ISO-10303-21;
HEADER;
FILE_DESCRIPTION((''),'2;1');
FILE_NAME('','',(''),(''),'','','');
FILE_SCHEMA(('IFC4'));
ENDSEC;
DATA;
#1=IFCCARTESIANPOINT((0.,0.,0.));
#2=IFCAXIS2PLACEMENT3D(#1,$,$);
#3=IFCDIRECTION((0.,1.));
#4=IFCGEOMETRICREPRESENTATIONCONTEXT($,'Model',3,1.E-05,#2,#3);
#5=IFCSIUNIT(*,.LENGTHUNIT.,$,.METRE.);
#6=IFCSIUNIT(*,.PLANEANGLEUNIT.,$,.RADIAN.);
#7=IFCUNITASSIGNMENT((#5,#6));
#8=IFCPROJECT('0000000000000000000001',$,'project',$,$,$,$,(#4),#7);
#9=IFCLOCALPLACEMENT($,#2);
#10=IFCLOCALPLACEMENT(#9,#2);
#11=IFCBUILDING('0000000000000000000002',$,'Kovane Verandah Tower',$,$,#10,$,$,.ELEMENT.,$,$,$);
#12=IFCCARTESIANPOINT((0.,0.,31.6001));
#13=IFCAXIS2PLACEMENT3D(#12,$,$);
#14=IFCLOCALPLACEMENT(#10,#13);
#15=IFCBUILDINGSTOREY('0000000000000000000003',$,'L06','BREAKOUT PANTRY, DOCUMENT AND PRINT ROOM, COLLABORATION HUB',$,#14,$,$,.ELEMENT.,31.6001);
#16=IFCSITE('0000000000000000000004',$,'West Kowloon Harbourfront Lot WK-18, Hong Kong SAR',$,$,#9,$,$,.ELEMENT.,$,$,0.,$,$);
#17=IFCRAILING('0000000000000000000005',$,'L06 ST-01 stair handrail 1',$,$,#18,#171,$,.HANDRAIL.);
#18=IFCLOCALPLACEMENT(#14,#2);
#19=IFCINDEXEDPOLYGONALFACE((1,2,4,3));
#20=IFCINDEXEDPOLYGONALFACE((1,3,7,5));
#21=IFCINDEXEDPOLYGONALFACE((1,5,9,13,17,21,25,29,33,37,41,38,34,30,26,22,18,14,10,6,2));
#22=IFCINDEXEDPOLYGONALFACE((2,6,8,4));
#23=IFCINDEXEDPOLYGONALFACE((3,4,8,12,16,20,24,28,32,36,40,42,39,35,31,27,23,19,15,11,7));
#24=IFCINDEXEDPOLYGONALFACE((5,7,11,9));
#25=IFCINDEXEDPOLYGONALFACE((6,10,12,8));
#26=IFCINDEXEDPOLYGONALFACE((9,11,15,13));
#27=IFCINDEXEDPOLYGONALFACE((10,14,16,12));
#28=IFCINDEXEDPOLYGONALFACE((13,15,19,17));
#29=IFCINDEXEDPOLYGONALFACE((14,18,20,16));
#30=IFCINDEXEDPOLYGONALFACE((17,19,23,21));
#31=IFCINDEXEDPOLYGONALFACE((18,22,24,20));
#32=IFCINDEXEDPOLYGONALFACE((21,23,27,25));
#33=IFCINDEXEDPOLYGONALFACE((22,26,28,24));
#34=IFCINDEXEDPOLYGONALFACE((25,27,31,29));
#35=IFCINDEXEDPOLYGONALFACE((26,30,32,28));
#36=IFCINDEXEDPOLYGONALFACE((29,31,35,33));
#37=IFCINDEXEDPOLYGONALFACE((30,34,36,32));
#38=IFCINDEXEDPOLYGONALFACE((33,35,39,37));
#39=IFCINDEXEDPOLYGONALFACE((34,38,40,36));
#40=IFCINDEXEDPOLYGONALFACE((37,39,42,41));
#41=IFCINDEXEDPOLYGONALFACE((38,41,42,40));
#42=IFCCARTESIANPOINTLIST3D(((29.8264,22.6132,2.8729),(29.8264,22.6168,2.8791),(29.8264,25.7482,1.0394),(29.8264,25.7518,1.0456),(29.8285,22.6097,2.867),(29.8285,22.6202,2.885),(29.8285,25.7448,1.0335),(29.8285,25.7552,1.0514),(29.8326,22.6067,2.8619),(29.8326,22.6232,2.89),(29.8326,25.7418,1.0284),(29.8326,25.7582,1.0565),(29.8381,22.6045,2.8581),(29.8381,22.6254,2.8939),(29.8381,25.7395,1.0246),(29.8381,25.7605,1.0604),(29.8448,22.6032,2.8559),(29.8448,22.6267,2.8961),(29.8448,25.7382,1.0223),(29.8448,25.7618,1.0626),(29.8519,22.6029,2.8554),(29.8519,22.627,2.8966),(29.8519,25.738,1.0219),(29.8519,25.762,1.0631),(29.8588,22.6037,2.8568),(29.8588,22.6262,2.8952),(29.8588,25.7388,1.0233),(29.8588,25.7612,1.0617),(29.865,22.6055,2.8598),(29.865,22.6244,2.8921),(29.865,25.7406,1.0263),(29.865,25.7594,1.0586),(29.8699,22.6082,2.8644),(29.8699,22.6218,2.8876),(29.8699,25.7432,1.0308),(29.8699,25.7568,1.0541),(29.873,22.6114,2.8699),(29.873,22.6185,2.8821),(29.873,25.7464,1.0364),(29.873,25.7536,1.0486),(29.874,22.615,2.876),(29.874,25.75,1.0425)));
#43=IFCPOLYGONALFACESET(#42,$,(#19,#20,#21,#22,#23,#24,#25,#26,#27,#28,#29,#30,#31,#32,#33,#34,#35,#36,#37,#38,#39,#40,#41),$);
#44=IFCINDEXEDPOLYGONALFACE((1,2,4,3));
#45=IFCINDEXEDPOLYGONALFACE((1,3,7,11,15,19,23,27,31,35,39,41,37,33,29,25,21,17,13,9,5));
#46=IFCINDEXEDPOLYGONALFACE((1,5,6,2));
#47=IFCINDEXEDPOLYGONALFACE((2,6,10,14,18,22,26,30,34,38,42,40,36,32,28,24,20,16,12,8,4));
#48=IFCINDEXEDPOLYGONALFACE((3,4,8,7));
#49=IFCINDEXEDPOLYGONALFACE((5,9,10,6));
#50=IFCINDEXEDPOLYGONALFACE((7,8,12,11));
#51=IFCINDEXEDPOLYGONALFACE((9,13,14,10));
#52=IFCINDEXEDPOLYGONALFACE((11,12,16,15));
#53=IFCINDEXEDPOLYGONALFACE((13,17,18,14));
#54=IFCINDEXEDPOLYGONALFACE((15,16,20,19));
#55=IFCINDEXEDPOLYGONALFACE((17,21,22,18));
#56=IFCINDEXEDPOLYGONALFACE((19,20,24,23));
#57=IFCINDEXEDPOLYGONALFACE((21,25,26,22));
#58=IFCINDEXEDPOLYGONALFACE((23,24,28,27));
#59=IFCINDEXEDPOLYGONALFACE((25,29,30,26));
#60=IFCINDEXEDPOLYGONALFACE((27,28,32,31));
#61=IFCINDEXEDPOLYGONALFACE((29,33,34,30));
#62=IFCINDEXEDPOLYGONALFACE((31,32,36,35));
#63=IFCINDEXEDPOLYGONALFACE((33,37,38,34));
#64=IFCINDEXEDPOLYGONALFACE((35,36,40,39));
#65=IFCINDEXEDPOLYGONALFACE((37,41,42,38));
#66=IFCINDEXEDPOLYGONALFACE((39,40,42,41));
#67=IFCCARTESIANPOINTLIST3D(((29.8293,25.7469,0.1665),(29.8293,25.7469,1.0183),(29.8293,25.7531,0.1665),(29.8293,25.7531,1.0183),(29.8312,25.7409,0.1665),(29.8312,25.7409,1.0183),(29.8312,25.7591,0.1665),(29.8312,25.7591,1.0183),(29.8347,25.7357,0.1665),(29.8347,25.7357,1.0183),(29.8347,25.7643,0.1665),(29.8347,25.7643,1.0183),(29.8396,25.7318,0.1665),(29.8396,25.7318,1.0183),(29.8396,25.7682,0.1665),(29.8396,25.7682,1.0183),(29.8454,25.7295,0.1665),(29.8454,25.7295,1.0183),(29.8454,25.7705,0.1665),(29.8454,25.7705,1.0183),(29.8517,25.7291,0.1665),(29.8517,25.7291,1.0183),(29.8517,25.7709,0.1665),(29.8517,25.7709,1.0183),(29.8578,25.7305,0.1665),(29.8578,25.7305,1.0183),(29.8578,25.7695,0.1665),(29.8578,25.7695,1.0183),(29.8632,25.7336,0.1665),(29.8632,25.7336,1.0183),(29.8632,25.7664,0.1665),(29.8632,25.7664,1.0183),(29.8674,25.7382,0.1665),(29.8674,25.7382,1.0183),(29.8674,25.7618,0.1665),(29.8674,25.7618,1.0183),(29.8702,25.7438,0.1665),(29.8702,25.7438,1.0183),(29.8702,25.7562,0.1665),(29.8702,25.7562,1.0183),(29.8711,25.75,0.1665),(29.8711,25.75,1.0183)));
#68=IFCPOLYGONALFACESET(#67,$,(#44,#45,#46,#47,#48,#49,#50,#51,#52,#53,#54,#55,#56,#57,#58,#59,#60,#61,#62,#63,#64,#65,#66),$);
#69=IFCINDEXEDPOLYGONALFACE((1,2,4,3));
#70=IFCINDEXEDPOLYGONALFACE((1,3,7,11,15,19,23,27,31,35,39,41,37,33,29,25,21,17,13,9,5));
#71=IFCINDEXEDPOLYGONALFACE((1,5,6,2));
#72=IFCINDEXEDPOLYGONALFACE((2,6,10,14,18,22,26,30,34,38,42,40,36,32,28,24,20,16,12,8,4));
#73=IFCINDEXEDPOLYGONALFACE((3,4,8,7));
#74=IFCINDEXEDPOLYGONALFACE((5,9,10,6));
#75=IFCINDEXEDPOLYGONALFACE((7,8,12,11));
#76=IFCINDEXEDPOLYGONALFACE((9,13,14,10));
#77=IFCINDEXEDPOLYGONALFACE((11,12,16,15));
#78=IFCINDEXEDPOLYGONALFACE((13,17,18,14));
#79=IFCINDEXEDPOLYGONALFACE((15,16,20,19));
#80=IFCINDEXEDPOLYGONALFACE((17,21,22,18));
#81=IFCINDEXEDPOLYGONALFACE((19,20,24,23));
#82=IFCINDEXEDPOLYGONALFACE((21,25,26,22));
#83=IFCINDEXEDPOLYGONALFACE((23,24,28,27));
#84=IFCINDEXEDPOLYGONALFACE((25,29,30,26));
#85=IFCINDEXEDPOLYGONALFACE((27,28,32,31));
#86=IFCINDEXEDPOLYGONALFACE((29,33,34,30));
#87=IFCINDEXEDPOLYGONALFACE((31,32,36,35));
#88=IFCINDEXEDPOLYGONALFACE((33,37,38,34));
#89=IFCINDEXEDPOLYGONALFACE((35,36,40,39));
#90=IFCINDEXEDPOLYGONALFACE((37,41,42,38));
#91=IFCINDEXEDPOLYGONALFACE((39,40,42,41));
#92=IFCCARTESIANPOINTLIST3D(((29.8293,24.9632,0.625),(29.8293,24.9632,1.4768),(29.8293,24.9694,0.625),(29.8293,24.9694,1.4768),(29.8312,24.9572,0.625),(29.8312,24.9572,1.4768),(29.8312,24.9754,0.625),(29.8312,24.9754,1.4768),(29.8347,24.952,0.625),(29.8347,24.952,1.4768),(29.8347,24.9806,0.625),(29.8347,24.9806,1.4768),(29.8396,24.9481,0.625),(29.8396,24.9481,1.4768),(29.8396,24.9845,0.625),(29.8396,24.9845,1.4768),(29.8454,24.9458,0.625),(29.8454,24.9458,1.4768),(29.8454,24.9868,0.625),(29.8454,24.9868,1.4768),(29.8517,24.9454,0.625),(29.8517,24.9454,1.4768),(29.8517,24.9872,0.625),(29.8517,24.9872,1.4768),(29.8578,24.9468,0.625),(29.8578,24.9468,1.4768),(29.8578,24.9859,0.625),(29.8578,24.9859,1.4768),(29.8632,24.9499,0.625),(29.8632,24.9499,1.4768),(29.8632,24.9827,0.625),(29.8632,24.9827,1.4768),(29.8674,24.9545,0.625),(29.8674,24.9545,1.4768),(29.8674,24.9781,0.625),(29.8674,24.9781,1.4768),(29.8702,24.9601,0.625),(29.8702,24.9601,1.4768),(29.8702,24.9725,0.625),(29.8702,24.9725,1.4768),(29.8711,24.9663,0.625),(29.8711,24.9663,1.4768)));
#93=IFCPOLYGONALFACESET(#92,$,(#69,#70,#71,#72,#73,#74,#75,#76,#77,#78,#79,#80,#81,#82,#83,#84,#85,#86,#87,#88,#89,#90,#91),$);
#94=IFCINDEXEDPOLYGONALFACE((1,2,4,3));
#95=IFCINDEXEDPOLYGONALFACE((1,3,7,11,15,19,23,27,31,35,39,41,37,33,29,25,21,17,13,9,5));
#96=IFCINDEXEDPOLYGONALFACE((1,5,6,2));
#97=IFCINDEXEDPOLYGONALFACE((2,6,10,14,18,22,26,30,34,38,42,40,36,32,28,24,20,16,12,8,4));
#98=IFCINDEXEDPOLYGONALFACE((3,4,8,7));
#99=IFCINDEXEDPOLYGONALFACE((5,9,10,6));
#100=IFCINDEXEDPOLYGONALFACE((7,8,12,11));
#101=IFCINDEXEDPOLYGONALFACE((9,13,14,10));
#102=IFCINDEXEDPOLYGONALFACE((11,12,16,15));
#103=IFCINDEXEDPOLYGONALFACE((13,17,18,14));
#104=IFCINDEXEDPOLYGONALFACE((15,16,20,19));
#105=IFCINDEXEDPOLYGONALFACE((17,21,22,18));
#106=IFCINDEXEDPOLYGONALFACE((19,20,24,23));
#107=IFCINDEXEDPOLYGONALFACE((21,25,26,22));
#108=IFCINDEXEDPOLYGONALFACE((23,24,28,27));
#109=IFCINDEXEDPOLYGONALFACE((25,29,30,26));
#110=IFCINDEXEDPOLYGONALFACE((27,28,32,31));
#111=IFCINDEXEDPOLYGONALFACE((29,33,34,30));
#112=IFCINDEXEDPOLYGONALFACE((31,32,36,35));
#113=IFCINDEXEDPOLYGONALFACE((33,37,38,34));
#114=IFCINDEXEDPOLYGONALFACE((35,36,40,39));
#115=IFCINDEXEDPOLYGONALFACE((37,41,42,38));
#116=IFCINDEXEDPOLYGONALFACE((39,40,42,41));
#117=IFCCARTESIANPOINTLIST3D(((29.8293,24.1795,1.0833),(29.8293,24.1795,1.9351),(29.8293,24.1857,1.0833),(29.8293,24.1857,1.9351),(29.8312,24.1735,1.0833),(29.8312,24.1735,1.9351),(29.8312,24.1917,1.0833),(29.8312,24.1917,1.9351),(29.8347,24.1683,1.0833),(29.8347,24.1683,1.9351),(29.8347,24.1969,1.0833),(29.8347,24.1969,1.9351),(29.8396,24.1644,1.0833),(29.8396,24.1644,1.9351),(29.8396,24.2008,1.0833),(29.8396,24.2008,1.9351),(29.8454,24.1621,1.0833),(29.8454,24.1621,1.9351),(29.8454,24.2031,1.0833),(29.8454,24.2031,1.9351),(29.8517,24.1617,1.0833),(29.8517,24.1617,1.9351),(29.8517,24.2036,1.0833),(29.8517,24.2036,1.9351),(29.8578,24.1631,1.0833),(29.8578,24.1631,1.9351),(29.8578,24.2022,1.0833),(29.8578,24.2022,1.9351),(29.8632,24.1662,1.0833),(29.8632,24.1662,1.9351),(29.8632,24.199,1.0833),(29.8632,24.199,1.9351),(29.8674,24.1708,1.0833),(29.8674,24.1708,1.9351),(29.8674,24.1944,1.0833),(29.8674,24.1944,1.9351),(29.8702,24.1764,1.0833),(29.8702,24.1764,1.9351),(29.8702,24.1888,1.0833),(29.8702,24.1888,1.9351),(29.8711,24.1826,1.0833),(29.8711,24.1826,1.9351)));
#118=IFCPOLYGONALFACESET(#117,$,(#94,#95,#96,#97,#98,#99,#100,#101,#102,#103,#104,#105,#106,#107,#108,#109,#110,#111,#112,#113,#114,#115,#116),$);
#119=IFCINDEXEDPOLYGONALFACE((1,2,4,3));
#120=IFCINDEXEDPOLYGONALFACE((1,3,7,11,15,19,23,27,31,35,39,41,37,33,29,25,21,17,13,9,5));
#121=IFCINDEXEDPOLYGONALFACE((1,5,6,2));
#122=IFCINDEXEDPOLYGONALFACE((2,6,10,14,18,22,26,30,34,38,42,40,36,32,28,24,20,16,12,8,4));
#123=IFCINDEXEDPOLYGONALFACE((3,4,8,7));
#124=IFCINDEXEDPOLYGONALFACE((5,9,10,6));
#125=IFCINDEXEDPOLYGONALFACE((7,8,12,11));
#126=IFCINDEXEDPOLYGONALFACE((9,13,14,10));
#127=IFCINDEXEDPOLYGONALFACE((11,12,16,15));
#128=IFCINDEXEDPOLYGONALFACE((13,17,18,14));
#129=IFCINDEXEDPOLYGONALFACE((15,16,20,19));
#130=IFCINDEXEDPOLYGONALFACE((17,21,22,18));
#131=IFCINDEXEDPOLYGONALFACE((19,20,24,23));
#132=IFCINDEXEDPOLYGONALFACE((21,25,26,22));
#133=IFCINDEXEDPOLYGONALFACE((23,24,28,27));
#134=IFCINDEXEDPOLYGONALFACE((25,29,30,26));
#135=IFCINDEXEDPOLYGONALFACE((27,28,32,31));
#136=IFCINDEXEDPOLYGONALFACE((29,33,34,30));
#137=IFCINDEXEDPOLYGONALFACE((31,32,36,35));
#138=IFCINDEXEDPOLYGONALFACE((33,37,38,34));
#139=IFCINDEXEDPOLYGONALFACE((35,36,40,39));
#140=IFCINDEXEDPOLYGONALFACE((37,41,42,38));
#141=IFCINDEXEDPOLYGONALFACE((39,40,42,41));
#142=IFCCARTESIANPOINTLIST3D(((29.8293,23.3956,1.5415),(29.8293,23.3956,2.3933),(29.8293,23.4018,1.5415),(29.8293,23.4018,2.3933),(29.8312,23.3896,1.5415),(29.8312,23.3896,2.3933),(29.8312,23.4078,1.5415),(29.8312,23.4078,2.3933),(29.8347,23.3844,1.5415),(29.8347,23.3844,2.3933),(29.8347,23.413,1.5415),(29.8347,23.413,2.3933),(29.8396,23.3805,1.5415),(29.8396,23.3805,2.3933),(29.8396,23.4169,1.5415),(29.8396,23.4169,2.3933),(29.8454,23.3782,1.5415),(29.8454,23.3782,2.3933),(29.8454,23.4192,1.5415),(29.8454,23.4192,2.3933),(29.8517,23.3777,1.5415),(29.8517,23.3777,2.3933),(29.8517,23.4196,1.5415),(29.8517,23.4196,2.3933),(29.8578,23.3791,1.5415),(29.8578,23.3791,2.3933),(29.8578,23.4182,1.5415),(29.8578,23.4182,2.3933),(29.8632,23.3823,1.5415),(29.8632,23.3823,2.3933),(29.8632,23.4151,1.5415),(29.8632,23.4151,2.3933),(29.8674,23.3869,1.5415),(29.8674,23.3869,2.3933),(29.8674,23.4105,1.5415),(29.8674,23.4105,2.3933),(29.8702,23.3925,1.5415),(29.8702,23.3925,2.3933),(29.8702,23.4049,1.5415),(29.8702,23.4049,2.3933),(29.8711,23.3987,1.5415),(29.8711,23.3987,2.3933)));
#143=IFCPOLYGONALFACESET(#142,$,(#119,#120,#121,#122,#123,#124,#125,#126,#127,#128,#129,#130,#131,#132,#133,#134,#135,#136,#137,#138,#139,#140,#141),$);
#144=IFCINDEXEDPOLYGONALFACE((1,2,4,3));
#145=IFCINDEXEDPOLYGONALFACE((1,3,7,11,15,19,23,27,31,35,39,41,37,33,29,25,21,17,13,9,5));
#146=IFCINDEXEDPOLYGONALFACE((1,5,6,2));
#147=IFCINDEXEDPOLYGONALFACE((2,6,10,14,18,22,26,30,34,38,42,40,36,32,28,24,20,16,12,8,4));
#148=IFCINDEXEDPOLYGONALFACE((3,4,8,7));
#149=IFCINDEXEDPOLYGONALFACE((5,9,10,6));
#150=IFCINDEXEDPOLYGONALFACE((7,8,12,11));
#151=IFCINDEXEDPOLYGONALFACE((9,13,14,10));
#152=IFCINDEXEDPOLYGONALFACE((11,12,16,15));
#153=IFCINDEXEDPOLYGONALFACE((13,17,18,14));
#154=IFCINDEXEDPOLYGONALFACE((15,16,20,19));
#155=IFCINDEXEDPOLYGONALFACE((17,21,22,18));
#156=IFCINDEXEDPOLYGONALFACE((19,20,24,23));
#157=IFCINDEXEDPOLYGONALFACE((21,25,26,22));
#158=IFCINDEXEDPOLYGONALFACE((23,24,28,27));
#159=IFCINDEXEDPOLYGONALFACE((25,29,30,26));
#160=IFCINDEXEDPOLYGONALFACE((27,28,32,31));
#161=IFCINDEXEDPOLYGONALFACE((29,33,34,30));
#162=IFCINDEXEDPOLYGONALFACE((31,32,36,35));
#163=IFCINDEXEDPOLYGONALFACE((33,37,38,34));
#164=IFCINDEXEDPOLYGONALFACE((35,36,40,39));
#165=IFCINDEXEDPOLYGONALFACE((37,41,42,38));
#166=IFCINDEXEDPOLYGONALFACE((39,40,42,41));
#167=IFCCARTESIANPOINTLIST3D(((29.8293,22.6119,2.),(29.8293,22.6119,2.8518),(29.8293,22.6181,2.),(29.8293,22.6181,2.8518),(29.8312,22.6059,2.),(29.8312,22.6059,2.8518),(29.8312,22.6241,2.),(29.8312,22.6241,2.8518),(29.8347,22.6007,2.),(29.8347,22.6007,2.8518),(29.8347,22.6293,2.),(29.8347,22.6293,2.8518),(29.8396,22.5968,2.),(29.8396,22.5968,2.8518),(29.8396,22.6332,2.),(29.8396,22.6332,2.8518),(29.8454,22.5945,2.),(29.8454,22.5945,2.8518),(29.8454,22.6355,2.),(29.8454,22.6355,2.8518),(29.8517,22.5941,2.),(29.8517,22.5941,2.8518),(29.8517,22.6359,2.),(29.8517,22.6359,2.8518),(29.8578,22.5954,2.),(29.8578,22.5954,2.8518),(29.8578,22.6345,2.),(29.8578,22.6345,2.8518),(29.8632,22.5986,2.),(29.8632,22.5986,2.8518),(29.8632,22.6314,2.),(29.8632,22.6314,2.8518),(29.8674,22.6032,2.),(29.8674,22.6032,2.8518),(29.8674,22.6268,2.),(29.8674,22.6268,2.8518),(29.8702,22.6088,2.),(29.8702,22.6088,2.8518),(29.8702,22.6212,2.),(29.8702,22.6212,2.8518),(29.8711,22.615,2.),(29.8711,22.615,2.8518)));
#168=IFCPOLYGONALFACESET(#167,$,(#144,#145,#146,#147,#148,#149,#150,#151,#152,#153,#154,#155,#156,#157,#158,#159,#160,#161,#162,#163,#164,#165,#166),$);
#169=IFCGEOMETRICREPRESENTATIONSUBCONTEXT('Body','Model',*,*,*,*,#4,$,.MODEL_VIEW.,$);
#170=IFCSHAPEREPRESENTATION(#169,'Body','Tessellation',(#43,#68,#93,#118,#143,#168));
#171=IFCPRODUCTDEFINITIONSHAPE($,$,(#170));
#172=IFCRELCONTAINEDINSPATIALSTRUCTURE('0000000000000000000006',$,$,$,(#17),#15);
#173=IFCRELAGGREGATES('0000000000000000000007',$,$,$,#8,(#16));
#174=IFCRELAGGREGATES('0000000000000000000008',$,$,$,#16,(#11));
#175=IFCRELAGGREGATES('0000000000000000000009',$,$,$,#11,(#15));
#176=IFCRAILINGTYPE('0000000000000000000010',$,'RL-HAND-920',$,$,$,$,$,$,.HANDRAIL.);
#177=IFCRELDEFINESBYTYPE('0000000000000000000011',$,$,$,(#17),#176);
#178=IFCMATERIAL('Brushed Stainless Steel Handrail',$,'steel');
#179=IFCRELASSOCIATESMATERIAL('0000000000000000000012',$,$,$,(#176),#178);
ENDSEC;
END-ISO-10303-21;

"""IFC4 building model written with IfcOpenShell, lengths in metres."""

from ifc_helpers import new_model, si_unit, direction, frame, origin, origin_2d, place, context, subcontext, project, spatial, circle, extrude, material, type_object, element, save


model = new_model("IFC4")

# Units and contexts
model_context = context("Model", 3, precision=1e-05, world=origin(), true_north=direction((0.0, 1.0)))
body_context = subcontext(model_context, "Body", "Model", "MODEL_VIEW")
ifc_project = project(units=[si_unit("LENGTHUNIT", "METRE"), si_unit("PLANEANGLEUNIT", "RADIAN")], contexts=[model_context])

# Site, building, storey
site_placement = place(None, origin())
site = spatial("IfcSite", under=ifc_project, at=site_placement, Name="West Kowloon Harbourfront Lot WK-18, Hong Kong SAR", CompositionType="ELEMENT", RefElevation=0.0)
building_placement = place(site_placement, origin())
building = spatial("IfcBuilding", under=site, at=building_placement, Name="Kovane Verandah Tower", CompositionType="ELEMENT")
storey_placement = place(building_placement, frame((0.0, 0.0, 31.6001)))
storey = spatial("IfcBuildingStorey", under=building, at=storey_placement, Name="L06", Description="BREAKOUT PANTRY, DOCUMENT AND PRINT ROOM, COLLABORATION HUB", CompositionType="ELEMENT", Elevation=31.6001)

# Railing
ifc_material_1 = material(Name="Brushed Stainless Steel Handrail", Category="steel")
railing_type_1 = type_object("IfcRailingType", Name="RL-HAND-920", PredefinedType="HANDRAIL", material=ifc_material_1)
railing_1_placement = place(storey_placement, frame((29.8501, 25.75, 0.1665)))
element("IfcRailing", 1, at=railing_1_placement, inside=storey, type_object=railing_type_1, Name="L06 ST-01 stair handrail 1", PredefinedType="HANDRAIL", context=body_context, shape_type="SweptSolid", body=[
    extrude(circle(Radius=0.0239, at=origin_2d()), frame((0.0, 0.0, 0.876), z_axis=(0.0, -0.86321, 0.504845), x_axis=(1.0, 0.0, 0.0)), (0.0, 0.0, 1.0), 3.6318),
    extrude(circle(Radius=0.021, at=origin_2d()), origin(), (0.0, 0.0, 1.0), 0.8518),
    extrude(circle(Radius=0.021, at=origin_2d()), frame((0.0, -0.7837, 0.4585)), (0.0, 0.0, 1.0), 0.8518),
    extrude(circle(Radius=0.021, at=origin_2d()), frame((0.0, -1.5674, 0.9167)), (0.0, 0.0, 1.0), 0.8518),
    extrude(circle(Radius=0.021, at=origin_2d()), frame((0.0, -2.3513, 1.375)), (0.0, 0.0, 1.0), 0.8518),
    extrude(circle(Radius=0.021, at=origin_2d()), frame((0.0, -3.135, 1.8335)), (0.0, 0.0, 1.0), 0.8518),
])

save(model, "model.ifc")
